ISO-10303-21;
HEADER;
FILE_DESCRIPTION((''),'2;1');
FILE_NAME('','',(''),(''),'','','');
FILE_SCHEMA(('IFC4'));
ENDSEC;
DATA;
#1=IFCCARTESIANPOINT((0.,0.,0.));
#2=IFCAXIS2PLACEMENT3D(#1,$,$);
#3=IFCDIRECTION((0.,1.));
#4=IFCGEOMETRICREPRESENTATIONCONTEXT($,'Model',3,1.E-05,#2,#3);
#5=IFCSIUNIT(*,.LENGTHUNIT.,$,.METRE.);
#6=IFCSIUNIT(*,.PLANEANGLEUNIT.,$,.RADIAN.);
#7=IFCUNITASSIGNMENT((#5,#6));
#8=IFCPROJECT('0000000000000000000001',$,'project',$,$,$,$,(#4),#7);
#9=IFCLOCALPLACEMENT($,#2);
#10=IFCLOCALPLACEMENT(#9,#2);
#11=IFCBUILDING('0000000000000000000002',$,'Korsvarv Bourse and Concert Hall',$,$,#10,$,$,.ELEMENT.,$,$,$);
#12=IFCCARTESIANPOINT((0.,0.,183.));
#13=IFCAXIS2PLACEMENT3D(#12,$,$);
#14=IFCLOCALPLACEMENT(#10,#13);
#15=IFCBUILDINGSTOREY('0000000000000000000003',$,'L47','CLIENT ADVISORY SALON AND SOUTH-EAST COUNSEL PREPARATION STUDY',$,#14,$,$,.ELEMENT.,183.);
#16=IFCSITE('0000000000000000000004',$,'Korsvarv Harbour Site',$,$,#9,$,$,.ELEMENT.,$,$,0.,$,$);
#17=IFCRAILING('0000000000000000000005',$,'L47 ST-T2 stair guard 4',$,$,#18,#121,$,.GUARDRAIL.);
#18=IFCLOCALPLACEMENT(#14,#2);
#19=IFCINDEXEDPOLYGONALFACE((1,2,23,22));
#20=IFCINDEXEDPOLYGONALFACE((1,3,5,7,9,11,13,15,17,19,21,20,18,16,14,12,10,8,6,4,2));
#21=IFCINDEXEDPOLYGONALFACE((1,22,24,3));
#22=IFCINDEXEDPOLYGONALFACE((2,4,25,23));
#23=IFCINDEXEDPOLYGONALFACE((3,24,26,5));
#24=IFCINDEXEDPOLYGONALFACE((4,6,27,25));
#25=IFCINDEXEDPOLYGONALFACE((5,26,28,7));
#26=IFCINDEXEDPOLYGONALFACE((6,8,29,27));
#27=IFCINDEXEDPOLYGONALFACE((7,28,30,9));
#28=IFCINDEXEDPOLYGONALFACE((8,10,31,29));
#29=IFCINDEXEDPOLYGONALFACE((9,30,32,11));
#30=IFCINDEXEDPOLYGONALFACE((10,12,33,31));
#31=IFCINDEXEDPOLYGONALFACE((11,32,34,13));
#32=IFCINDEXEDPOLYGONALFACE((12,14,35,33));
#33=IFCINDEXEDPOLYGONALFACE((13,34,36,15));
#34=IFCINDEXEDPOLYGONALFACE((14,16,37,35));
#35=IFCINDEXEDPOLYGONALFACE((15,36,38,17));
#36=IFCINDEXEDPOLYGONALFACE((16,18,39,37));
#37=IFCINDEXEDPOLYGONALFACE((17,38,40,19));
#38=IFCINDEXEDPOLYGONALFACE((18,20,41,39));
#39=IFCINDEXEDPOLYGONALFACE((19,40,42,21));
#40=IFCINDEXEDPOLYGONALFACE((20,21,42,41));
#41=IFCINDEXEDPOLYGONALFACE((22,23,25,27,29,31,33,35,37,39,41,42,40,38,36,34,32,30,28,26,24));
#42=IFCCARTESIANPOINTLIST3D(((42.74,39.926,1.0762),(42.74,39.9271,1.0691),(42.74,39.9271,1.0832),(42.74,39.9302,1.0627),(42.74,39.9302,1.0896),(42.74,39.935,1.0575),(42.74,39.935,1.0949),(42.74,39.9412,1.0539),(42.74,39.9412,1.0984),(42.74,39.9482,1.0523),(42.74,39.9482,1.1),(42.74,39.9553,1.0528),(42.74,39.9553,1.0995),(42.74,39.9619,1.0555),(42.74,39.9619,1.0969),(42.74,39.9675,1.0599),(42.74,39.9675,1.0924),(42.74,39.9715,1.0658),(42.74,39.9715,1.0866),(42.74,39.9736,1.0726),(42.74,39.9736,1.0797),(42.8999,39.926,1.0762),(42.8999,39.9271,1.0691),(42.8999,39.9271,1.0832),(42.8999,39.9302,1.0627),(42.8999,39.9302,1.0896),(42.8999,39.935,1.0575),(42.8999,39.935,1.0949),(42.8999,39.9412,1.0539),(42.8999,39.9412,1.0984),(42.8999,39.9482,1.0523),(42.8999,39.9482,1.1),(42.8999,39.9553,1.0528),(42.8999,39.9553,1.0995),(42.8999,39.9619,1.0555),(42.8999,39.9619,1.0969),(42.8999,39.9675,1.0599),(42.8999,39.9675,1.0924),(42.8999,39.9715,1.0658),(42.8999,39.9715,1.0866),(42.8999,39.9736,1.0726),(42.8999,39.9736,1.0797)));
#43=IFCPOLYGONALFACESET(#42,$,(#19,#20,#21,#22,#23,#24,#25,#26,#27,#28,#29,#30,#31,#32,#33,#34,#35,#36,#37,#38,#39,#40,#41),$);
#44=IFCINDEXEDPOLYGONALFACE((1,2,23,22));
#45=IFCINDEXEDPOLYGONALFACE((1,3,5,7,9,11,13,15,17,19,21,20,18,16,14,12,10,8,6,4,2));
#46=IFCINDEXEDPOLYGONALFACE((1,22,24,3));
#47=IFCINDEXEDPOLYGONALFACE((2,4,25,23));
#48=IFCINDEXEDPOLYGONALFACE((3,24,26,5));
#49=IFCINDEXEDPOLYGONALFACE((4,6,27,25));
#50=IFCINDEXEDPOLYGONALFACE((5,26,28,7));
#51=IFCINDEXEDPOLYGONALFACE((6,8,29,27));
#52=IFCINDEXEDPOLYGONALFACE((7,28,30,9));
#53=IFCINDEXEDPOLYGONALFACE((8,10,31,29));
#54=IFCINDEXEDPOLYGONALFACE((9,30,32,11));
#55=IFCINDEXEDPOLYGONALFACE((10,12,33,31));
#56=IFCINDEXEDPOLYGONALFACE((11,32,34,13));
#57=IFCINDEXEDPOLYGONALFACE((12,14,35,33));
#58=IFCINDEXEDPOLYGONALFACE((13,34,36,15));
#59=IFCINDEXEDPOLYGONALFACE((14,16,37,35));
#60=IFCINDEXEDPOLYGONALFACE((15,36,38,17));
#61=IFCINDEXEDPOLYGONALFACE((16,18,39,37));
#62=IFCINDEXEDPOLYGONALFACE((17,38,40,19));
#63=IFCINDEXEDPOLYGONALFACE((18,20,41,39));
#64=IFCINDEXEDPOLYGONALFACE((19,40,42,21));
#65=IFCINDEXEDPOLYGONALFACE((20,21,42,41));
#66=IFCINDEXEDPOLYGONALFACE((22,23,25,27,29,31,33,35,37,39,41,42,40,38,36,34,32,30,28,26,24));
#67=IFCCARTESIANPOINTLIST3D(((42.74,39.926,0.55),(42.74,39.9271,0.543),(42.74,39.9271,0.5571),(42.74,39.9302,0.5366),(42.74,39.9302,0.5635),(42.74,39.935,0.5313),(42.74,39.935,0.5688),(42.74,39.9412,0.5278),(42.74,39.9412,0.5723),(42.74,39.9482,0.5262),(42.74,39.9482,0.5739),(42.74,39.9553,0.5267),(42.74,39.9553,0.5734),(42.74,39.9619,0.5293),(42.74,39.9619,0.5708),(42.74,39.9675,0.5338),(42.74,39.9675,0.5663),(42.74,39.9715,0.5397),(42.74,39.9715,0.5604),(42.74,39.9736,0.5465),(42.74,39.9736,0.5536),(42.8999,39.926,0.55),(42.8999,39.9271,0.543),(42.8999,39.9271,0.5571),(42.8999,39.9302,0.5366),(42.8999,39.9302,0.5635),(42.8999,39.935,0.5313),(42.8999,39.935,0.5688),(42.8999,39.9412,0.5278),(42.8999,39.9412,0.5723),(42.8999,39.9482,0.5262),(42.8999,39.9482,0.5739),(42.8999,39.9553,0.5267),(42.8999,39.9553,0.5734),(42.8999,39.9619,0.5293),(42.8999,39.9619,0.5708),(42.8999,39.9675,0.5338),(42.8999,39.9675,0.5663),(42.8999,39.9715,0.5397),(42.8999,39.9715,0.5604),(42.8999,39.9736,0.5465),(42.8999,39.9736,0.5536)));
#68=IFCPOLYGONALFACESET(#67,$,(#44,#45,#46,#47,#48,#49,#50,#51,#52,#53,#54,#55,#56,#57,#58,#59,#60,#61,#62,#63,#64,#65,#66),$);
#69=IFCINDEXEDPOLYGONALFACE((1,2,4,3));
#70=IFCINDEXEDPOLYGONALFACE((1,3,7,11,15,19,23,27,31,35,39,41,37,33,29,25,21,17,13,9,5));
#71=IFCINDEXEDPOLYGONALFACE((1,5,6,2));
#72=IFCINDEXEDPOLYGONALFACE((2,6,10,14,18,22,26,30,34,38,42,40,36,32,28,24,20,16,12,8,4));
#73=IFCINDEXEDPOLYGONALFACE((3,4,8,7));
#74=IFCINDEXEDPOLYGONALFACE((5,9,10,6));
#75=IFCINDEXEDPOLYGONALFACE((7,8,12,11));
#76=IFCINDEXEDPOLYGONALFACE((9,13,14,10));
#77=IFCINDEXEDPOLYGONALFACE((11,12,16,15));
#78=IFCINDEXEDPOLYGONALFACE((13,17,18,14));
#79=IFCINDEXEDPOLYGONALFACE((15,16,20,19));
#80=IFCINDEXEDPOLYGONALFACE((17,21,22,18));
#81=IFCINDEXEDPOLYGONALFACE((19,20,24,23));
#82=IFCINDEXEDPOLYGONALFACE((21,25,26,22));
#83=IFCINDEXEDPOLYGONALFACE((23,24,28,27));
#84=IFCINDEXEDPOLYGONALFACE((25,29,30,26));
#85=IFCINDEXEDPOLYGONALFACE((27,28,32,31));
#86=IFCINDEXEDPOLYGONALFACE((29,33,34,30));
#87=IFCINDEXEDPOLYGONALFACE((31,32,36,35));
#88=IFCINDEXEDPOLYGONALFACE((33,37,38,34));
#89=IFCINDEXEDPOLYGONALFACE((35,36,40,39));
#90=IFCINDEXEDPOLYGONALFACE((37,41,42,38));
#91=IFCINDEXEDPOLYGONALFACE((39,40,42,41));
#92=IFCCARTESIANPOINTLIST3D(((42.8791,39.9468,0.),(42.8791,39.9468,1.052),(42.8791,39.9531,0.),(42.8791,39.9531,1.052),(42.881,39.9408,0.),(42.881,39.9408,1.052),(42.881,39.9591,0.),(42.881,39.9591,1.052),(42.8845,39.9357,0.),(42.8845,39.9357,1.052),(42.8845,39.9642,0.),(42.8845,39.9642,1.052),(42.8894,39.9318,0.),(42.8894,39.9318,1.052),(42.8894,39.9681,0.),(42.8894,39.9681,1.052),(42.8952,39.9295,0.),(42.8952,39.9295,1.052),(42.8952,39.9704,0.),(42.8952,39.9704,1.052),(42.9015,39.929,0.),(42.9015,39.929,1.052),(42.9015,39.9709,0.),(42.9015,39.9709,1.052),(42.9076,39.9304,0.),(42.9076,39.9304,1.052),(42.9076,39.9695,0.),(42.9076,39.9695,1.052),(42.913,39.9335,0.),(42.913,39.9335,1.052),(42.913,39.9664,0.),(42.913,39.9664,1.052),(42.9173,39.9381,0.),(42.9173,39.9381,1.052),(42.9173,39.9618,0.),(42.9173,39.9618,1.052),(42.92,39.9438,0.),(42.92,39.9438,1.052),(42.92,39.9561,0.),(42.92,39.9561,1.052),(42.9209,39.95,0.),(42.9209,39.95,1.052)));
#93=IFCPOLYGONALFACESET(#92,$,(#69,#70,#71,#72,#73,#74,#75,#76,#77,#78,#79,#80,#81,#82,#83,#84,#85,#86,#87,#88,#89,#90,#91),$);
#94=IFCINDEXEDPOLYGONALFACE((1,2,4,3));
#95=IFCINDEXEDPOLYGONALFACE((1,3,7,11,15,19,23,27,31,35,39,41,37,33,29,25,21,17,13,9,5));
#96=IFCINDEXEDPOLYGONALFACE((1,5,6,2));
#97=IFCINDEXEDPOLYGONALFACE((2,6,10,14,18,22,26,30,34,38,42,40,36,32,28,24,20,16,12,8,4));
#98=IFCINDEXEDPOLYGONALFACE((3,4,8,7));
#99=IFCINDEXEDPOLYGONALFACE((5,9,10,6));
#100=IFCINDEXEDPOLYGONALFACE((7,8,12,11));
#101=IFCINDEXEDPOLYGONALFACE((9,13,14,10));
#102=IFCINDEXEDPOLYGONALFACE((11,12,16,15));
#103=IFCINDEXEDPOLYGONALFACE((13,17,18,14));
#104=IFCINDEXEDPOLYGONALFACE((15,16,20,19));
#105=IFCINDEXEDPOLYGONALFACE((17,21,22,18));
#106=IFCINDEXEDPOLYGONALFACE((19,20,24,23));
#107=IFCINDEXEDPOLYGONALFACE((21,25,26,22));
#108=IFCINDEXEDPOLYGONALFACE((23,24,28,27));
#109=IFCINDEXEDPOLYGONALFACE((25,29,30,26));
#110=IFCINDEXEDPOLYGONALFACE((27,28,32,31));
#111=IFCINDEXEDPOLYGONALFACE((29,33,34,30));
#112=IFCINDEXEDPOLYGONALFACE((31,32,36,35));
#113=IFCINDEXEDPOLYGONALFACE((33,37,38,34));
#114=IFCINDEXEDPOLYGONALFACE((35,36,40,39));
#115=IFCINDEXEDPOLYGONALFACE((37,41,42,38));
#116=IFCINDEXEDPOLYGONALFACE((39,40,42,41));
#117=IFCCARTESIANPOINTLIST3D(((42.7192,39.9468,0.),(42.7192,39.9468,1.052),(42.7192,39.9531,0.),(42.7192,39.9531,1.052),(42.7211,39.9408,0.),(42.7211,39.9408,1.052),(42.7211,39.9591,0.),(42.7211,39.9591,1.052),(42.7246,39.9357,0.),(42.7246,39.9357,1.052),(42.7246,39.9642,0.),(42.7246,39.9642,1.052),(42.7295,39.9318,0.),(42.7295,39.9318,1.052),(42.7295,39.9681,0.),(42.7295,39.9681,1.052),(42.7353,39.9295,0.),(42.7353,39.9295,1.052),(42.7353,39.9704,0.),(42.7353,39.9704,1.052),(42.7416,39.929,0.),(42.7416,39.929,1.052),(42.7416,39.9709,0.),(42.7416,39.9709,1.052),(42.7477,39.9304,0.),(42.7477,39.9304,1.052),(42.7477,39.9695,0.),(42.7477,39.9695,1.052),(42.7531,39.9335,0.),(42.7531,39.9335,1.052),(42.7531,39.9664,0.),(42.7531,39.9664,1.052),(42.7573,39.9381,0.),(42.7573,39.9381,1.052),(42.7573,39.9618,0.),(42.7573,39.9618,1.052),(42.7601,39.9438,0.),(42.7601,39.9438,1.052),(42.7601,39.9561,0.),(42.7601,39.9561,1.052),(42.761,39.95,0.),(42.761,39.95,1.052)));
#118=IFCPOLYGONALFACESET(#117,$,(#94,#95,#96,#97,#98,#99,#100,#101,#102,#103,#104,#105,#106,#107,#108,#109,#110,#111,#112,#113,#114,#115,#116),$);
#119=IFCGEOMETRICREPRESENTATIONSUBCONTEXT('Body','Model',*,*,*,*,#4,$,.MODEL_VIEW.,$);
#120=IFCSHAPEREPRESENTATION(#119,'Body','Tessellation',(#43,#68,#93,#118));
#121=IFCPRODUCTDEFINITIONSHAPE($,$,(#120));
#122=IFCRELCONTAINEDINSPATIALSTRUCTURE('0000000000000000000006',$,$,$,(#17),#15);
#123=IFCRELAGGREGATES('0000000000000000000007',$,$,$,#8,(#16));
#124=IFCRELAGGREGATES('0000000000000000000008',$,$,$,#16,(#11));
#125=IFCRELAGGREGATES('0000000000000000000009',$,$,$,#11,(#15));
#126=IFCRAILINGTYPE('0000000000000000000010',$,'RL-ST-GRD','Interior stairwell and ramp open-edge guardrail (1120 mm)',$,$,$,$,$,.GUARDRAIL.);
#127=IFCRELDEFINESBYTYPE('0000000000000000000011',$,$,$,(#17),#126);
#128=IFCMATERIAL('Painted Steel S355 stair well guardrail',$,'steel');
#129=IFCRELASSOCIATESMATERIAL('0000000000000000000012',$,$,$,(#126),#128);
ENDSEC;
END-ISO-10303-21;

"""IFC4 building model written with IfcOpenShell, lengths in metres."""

from ifc_helpers import new_model, si_unit, direction, frame, origin, origin_2d, place, context, subcontext, project, spatial, circle, extrude, material, type_object, element, save


model = new_model("IFC4")

# Units and contexts
model_context = context("Model", 3, precision=1e-05, world=origin(), true_north=direction((0.0, 1.0)))
body_context = subcontext(model_context, "Body", "Model", "MODEL_VIEW")
ifc_project = project(units=[si_unit("LENGTHUNIT", "METRE"), si_unit("PLANEANGLEUNIT", "RADIAN")], contexts=[model_context])

# Site, building, storey
site_placement = place(None, origin())
site = spatial("IfcSite", under=ifc_project, at=site_placement, Name="Korsvarv Harbour Site", CompositionType="ELEMENT", RefElevation=0.0)
building_placement = place(site_placement, origin())
building = spatial("IfcBuilding", under=site, at=building_placement, Name="Korsvarv Bourse and Concert Hall", CompositionType="ELEMENT")
storey_placement = place(building_placement, frame((0.0, 0.0, 183.0)))
storey = spatial("IfcBuildingStorey", under=building, at=storey_placement, Name="L47", Description="CLIENT ADVISORY SALON AND SOUTH-EAST COUNSEL PREPARATION STUDY", CompositionType="ELEMENT", Elevation=183.0)

# Railing
ifc_material_1 = material(Name="Painted Steel S355 stair well guardrail", Category="steel")
railing_type_1 = type_object("IfcRailingType", Name="RL-ST-GRD", Description="Interior stairwell and ramp open-edge guardrail (1120 mm)", PredefinedType="GUARDRAIL", material=ifc_material_1)
railing_1_placement = place(storey_placement, frame((42.8999, 39.95, 0.0)))
element("IfcRailing", 1, at=railing_1_placement, inside=storey, type_object=railing_type_1, Name="L47 ST-T2 stair guard 4", PredefinedType="GUARDRAIL", context=body_context, shape_type="SweptSolid", body=[
    extrude(circle(Radius=0.0239, at=origin_2d()), frame((0.0, 0.0, 1.0762), z_axis=(-1.0, 0.0, 0.0), x_axis=(0.0, -1.0, 0.0)), (0.0, 0.0, 1.0), 0.1599),
    extrude(circle(Radius=0.0239, at=origin_2d()), frame((0.0, 0.0, 0.55), z_axis=(-1.0, 0.0, 0.0), x_axis=(0.0, -1.0, 0.0)), (0.0, 0.0, 1.0), 0.1599),
    extrude(circle(Radius=0.021, at=origin_2d()), origin(), (0.0, 0.0, 1.0), 1.052),
    extrude(circle(Radius=0.021, at=origin_2d()), frame((-0.1599, 0.0, 0.0)), (0.0, 0.0, 1.0), 1.052),
])

save(model, "model.ifc")
